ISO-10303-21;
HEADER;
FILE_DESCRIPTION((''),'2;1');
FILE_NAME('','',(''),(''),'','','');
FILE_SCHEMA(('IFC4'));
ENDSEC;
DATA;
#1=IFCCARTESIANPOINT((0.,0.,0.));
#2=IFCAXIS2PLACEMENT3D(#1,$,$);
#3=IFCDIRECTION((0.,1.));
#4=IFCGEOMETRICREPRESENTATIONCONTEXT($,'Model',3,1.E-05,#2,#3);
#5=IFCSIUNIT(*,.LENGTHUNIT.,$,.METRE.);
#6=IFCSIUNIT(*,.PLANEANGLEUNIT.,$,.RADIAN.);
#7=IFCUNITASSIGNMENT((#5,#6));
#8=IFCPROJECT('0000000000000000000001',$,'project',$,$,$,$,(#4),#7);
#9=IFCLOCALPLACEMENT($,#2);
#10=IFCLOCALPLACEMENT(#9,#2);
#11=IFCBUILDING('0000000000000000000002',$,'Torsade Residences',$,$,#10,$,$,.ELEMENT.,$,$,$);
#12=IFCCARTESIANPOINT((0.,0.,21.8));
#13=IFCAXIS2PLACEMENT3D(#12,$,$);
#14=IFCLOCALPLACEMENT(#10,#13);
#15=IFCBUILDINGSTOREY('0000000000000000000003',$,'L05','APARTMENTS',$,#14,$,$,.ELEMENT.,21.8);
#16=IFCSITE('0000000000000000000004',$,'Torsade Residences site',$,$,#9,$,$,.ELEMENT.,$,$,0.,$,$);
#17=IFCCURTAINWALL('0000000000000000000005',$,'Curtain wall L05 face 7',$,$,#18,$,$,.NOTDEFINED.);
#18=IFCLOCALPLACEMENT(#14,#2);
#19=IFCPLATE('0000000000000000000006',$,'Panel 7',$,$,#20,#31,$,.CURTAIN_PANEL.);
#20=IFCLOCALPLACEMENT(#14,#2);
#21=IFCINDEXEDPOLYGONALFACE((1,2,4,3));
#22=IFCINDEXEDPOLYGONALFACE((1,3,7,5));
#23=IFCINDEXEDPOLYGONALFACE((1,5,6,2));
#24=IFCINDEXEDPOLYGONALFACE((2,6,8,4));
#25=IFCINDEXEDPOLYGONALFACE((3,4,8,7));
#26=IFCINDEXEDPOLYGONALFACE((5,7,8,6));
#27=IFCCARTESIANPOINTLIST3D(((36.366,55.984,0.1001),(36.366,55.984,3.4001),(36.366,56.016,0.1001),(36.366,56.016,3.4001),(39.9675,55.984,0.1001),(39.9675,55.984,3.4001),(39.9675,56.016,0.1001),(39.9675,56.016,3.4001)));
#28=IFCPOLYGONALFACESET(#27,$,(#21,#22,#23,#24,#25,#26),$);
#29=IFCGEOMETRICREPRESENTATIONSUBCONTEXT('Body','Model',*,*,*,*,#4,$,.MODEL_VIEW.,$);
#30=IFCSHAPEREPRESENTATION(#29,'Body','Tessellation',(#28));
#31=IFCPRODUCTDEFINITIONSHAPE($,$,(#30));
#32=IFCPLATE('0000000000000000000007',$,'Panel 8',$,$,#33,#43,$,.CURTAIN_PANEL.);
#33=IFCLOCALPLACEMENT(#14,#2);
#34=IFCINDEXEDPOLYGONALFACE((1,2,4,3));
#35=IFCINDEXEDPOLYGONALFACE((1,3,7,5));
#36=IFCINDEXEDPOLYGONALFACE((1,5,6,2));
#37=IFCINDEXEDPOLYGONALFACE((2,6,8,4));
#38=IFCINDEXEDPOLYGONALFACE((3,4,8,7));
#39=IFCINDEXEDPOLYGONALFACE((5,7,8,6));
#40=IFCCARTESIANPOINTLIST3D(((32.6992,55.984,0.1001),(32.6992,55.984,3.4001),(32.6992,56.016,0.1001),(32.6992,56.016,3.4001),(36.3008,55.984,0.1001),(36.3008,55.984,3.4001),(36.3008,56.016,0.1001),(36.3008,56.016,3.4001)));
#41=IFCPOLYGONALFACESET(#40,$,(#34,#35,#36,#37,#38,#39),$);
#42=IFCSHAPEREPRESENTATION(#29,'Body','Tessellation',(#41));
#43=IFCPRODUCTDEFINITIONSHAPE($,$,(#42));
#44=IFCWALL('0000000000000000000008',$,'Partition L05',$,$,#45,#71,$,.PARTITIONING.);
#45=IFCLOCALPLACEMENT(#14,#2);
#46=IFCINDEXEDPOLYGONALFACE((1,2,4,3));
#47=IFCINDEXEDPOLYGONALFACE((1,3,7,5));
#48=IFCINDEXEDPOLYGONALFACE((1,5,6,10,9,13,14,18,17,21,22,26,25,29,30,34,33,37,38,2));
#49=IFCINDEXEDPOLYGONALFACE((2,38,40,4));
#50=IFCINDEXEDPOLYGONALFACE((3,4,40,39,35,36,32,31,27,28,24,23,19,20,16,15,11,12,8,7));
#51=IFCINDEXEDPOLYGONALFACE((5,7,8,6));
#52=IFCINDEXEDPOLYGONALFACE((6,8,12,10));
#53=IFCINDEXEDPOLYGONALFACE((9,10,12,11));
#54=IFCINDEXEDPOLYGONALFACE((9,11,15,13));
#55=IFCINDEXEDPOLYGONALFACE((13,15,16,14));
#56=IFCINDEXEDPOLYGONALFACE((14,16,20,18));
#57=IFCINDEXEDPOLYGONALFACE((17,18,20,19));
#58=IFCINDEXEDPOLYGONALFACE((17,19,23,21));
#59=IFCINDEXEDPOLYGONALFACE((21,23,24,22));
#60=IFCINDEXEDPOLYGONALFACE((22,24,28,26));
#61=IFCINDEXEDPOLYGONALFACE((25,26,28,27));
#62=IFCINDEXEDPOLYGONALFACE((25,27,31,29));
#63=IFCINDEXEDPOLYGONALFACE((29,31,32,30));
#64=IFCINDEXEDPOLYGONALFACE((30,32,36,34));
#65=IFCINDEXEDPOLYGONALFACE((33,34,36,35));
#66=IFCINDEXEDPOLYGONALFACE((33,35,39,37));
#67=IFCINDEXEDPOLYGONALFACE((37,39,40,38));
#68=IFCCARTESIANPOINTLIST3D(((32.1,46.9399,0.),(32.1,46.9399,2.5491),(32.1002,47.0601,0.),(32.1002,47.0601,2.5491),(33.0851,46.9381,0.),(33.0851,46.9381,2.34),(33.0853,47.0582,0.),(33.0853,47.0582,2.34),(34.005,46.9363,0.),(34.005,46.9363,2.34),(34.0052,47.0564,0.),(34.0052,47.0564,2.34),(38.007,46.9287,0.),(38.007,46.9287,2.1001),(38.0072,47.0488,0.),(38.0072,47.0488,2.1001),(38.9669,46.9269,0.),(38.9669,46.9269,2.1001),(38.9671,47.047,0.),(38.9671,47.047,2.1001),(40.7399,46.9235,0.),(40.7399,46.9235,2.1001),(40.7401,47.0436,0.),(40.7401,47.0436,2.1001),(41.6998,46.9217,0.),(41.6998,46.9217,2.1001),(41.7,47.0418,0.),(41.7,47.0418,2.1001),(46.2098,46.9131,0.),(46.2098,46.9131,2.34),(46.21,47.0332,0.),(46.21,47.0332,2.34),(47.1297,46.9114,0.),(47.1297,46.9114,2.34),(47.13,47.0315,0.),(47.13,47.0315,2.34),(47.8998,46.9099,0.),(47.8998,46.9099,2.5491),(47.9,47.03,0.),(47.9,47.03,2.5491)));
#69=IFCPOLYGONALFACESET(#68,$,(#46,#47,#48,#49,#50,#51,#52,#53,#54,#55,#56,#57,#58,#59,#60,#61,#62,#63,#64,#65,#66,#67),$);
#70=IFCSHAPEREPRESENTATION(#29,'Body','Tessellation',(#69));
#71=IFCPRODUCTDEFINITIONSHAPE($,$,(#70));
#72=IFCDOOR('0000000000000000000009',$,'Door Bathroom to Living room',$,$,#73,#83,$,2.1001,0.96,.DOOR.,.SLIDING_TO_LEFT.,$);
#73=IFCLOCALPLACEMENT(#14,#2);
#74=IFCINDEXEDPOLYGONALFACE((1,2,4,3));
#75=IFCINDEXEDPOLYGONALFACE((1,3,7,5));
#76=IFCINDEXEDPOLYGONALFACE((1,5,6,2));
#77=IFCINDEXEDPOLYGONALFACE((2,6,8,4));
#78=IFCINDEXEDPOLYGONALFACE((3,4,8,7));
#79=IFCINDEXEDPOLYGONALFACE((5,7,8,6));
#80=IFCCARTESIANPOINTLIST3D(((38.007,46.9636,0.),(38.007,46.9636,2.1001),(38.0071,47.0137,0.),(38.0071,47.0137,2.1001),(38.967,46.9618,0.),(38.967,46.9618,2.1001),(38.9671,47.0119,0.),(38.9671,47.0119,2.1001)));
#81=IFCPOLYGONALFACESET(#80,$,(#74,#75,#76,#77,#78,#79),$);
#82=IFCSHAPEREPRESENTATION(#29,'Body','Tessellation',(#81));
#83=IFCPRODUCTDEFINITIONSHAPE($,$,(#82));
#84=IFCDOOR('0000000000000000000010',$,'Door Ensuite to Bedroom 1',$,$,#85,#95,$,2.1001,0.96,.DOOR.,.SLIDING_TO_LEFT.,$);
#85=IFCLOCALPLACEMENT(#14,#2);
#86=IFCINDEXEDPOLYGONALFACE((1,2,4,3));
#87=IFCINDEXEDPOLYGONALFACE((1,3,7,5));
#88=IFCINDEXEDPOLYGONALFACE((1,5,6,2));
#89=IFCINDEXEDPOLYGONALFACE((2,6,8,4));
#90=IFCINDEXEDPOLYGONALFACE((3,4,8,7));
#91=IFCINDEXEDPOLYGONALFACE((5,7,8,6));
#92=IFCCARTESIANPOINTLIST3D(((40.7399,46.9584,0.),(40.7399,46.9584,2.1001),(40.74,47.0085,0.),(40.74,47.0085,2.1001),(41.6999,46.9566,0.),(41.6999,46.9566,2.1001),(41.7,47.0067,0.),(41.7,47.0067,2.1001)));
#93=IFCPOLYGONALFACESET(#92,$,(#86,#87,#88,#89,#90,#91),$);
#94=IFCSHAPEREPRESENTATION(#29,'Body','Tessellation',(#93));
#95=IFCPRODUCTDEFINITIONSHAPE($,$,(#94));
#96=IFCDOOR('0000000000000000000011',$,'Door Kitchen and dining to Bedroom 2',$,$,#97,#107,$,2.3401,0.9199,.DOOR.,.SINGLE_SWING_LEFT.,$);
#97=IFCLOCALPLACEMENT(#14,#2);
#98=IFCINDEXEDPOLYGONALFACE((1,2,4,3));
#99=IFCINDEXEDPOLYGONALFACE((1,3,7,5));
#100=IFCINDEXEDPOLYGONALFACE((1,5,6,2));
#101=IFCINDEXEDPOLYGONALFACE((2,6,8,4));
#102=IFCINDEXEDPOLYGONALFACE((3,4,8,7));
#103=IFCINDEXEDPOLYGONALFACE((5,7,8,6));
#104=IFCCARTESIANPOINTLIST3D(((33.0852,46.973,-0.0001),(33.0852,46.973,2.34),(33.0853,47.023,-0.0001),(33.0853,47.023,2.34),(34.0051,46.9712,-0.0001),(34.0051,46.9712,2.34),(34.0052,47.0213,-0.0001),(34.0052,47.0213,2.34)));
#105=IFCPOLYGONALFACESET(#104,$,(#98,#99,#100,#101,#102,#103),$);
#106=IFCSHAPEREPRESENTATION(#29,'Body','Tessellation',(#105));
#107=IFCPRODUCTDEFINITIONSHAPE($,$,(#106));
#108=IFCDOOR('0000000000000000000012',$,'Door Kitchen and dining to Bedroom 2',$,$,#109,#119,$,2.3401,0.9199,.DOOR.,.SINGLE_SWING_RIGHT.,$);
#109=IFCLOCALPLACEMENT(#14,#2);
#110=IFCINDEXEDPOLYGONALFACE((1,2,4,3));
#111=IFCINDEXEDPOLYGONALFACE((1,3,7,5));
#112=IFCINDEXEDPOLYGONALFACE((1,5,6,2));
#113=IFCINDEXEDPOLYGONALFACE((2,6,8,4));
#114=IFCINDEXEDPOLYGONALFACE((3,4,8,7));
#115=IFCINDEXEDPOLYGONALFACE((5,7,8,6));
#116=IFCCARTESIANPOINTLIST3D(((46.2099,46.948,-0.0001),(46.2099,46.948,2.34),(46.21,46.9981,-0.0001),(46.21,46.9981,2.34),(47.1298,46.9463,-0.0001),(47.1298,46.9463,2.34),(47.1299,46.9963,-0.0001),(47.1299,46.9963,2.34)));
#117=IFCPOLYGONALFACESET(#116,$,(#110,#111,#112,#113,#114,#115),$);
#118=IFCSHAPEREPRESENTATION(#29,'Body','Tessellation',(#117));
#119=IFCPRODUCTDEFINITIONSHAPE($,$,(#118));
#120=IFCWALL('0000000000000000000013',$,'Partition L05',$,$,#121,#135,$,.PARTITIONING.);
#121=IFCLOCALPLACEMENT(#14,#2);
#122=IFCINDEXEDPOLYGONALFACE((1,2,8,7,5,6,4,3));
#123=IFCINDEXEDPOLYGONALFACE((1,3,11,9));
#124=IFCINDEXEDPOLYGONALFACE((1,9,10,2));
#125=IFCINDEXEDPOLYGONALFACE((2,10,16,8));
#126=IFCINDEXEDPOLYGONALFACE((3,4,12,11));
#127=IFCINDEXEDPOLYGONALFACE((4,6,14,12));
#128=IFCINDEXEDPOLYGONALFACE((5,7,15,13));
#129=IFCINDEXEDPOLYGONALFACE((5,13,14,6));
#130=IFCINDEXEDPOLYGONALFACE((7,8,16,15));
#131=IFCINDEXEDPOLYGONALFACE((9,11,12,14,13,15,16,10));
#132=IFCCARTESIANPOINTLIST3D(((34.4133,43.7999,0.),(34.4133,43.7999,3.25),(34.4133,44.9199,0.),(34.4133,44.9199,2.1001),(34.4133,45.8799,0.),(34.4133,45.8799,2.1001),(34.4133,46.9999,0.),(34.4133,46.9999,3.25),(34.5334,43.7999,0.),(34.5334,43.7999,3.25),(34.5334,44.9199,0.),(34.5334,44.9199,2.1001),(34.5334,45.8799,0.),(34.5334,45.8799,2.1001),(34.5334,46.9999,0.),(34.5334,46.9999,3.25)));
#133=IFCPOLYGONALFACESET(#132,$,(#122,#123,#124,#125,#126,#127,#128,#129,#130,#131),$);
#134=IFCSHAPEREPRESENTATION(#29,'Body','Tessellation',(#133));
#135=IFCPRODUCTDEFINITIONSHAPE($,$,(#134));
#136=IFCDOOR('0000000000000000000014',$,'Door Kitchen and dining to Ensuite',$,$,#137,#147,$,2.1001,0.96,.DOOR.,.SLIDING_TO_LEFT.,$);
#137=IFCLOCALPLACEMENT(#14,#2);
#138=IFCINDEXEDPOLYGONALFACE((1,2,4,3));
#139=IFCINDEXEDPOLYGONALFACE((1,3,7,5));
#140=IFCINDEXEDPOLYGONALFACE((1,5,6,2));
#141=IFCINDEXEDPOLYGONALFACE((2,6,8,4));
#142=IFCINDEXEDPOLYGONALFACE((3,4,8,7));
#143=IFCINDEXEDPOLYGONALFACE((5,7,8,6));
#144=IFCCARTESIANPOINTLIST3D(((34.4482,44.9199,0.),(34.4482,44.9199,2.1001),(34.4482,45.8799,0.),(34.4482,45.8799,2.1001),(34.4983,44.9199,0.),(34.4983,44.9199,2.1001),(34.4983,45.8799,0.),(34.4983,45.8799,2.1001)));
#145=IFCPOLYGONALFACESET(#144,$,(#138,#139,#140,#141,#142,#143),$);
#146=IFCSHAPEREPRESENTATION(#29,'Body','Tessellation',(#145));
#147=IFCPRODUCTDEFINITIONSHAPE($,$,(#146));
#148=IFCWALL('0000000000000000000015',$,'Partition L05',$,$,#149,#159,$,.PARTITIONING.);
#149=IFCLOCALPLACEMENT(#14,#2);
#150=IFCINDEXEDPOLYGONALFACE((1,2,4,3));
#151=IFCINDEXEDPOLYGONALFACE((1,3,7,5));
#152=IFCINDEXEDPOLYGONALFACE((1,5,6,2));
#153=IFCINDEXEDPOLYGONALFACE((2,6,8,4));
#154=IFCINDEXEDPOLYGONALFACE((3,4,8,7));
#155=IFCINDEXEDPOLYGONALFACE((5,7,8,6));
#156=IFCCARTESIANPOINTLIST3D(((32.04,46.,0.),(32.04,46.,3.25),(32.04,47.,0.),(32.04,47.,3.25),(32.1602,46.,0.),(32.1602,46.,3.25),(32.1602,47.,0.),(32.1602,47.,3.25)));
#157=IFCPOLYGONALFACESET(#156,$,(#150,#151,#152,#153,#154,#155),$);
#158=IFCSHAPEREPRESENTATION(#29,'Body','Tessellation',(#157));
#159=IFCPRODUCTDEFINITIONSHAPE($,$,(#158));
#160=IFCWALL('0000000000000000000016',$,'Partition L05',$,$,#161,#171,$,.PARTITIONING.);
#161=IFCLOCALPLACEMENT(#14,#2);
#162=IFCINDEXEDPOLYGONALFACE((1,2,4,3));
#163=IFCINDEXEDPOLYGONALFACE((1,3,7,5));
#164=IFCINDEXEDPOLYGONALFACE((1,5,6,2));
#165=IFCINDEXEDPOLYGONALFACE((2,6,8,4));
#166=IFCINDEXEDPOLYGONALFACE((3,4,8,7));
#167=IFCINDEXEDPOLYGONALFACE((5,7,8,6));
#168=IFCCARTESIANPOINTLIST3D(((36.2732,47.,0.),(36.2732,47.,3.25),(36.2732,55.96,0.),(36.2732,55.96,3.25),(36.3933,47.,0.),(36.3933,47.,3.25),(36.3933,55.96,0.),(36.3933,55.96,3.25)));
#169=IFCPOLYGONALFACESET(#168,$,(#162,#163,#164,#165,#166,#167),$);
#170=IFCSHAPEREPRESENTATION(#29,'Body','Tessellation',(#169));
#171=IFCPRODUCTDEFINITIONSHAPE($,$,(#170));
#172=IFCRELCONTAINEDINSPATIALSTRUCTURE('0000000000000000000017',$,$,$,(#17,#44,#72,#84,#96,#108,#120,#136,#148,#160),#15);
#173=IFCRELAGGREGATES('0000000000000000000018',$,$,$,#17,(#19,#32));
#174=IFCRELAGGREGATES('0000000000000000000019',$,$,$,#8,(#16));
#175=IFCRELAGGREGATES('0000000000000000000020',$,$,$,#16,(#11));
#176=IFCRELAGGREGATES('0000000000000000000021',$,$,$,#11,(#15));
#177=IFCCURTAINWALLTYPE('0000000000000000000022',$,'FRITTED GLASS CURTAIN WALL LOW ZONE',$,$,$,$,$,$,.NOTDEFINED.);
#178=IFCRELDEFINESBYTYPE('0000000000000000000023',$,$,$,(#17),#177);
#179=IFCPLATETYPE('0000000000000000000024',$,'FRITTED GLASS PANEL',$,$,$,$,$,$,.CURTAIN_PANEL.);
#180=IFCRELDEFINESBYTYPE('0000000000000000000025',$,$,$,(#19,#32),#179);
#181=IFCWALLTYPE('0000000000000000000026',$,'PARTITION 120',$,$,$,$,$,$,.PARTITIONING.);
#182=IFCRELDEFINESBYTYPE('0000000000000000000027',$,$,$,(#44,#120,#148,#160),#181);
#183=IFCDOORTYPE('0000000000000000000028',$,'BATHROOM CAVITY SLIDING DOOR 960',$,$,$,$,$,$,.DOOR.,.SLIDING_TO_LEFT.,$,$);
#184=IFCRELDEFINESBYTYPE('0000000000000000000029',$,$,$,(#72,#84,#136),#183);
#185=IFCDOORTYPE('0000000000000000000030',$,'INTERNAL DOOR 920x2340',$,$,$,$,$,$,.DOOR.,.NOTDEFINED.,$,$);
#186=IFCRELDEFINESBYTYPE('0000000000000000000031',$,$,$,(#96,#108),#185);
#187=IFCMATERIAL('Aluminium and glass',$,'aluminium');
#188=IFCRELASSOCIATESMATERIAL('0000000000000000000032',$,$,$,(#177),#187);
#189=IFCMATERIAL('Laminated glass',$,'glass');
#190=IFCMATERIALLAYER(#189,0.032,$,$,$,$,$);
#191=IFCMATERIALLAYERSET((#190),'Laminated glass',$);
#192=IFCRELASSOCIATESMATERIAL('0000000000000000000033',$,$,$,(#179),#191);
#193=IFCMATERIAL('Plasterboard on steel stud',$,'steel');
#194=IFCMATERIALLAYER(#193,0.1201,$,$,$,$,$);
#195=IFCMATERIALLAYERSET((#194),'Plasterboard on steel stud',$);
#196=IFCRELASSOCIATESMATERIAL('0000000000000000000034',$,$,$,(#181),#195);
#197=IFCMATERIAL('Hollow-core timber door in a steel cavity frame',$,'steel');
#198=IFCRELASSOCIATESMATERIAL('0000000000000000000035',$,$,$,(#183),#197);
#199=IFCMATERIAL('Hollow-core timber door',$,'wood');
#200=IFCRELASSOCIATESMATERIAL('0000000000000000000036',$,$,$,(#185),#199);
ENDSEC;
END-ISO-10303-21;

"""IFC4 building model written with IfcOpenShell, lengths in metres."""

from ifc_helpers import new_model, si_unit, direction, frame, frame_2d, origin, origin_2d, place, context, subcontext, project, spatial, rectangle, extrude, material, layer, layer_set, type_object, element, fill, aggregate, save


model = new_model("IFC4")

# Units and contexts
model_context = context("Model", 3, precision=1e-05, world=origin(), true_north=direction((0.0, 1.0)))
body_context = subcontext(model_context, "Body", "Model", "MODEL_VIEW")
ifc_project = project(units=[si_unit("LENGTHUNIT", "METRE"), si_unit("PLANEANGLEUNIT", "RADIAN")], contexts=[model_context])

# Site, building, storey
site_placement = place(None, origin())
site = spatial("IfcSite", under=ifc_project, at=site_placement, Name="Torsade Residences site", CompositionType="ELEMENT", RefElevation=0.0)
building_placement = place(site_placement, origin())
building = spatial("IfcBuilding", under=site, at=building_placement, Name="Torsade Residences", CompositionType="ELEMENT")
storey_placement = place(building_placement, frame((0.0, 0.0, 21.8)))
storey = spatial("IfcBuildingStorey", under=building, at=storey_placement, Name="L05", Description="APARTMENTS", CompositionType="ELEMENT", Elevation=21.8)

# Curtain wall
ifc_material_1 = material(Name="Aluminium and glass", Category="aluminium")
curtain_wall_type = type_object("IfcCurtainWallType", Name="FRITTED GLASS CURTAIN WALL LOW ZONE", PredefinedType="NOTDEFINED", material=ifc_material_1)
curtain_wall_placement = place(storey_placement, origin())
curtain_wall = element("IfcCurtainWall", 1, at=curtain_wall_placement, inside=storey, type_object=curtain_wall_type, Name="Curtain wall L05 face 7", PredefinedType="NOTDEFINED")

# Plates
ifc_material_2 = material(Name="Laminated glass", Category="glass")
ifc_layer_1 = layer(ifc_material_2, 0.032)
ifc_layer_set_1 = layer_set([ifc_layer_1], Name="Laminated glass")
plate_type = type_object("IfcPlateType", Name="FRITTED GLASS PANEL", PredefinedType="CURTAIN_PANEL", material=ifc_layer_set_1)
plate_1_placement = place(storey_placement, frame((38.1667, 56.0, 0.1001), z_axis=(0.0, 0.0, 1.0), x_axis=(-1.0, 0.0, 0.0)))
plate_1 = element("IfcPlate", 2, at=plate_1_placement, type_object=plate_type, Name="Panel 7", PredefinedType="CURTAIN_PANEL", context=body_context, shape_type="SweptSolid", body=[
    extrude(rectangle(XDim=3.6016, YDim=0.032, at=origin_2d()), origin(), (0.0, 0.0, 1.0), 3.3),
])
plate_2_placement = place(storey_placement, frame((34.5, 56.0, 0.1001), z_axis=(0.0, 0.0, 1.0), x_axis=(-1.0, 0.0, 0.0)))
plate_2 = element("IfcPlate", 3, at=plate_2_placement, type_object=plate_type, Name="Panel 8", PredefinedType="CURTAIN_PANEL", context=body_context, shape_type="SweptSolid", body=[
    extrude(rectangle(XDim=3.6016, YDim=0.032, at=origin_2d()), origin(), (0.0, 0.0, 1.0), 3.3),
])
aggregate(curtain_wall, [plate_1, plate_2])

# Wall, openings, doors
ifc_material_3 = material(Name="Plasterboard on steel stud", Category="steel")
ifc_layer_2 = layer(ifc_material_3, 0.1201)
ifc_layer_set_2 = layer_set([ifc_layer_2], Name="Plasterboard on steel stud")
wall_type = type_object("IfcWallType", Name="PARTITION 120", PredefinedType="PARTITIONING", material=ifc_layer_set_2)
wall_1_placement = place(storey_placement, frame((32.1001, 47.0, 0.0), z_axis=(0.0, 0.0, 1.0), x_axis=(0.999998, -0.001901, 0.0)))
wall_1 = element("IfcWall", 4, at=wall_1_placement, inside=storey, type_object=wall_type, Name="Partition L05", PredefinedType="PARTITIONING", context=body_context, shape_type="SweptSolid", body=[
    extrude(rectangle(XDim=15.7998, YDim=0.1201, at=frame_2d((7.8999, 0.0))), origin(), (0.0, 0.0, 1.0), 2.5491),
])
opening_1_placement = place(wall_1_placement, frame((0.9851, 0.0, 0.0)))
opening_1 = element("IfcOpeningElement", 5, at=opening_1_placement, cuts=wall_1, PredefinedType="OPENING", context=body_context, shape_type="SweptSolid", body=[
    extrude(rectangle(XDim=0.9199, YDim=2.3401, at=frame_2d((0.46, 1.1699))), frame((0.0, 0.0701, 0.0), z_axis=(0.0, -1.0, 0.0), x_axis=(1.0, 0.0, 0.0)), (0.0, 0.0, 1.0), 0.1401),
])
opening_2_placement = place(wall_1_placement, frame((14.1099, 0.0, 0.0)))
opening_2 = element("IfcOpeningElement", 6, at=opening_2_placement, cuts=wall_1, PredefinedType="OPENING", context=body_context, shape_type="SweptSolid", body=[
    extrude(rectangle(XDim=0.9199, YDim=2.3401, at=frame_2d((0.46, 1.1699))), frame((0.0, 0.0701, 0.0), z_axis=(0.0, -1.0, 0.0), x_axis=(1.0, 0.0, 0.0)), (0.0, 0.0, 1.0), 0.1401),
])
opening_3_placement = place(wall_1_placement, frame((5.907, 0.0, 0.0)))
opening_3 = element("IfcOpeningElement", 7, at=opening_3_placement, cuts=wall_1, PredefinedType="OPENING", context=body_context, shape_type="SweptSolid", body=[
    extrude(rectangle(XDim=0.96, YDim=2.1001, at=frame_2d((0.48, 1.05))), frame((0.0, 0.0701, 0.0), z_axis=(0.0, -1.0, 0.0), x_axis=(1.0, 0.0, 0.0)), (0.0, 0.0, 1.0), 0.1401),
])
opening_4_placement = place(wall_1_placement, frame((8.6399, 0.0, 0.0)))
opening_4 = element("IfcOpeningElement", 8, at=opening_4_placement, cuts=wall_1, PredefinedType="OPENING", context=body_context, shape_type="SweptSolid", body=[
    extrude(rectangle(XDim=0.96, YDim=2.1001, at=frame_2d((0.48, 1.05))), frame((0.0, 0.0701, 0.0), z_axis=(0.0, -1.0, 0.0), x_axis=(1.0, 0.0, 0.0)), (0.0, 0.0, 1.0), 0.1401),
])
ifc_material_4 = material(Name="Hollow-core timber door in a steel cavity frame", Category="steel")
door_type_1 = type_object("IfcDoorType", Name="BATHROOM CAVITY SLIDING DOOR 960", OperationType="SLIDING_TO_LEFT", PredefinedType="DOOR", material=ifc_material_4)
door_1_placement = place(opening_3_placement, origin())
door_1 = element("IfcDoor", 9, at=door_1_placement, inside=storey, type_object=door_type_1, Name="Door Bathroom to Living room", OperationType="SLIDING_TO_LEFT", OverallHeight=2.1001, OverallWidth=0.96, PredefinedType="DOOR", context=body_context, shape_type="SweptSolid", body=[
    extrude(rectangle(XDim=0.96, YDim=2.1001, at=frame_2d((0.48, 1.05))), frame((0.0, 0.0249, 0.0), z_axis=(0.0, -1.0, 0.0), x_axis=(1.0, 0.0, 0.0)), (0.0, 0.0, 1.0), 0.05),
])
fill(opening_3, door_1)
door_2_placement = place(opening_4_placement, origin())
door_2 = element("IfcDoor", 10, at=door_2_placement, inside=storey, type_object=door_type_1, Name="Door Ensuite to Bedroom 1", OperationType="SLIDING_TO_LEFT", OverallHeight=2.1001, OverallWidth=0.96, PredefinedType="DOOR", context=body_context, shape_type="SweptSolid", body=[
    extrude(rectangle(XDim=0.96, YDim=2.1001, at=frame_2d((0.48, 1.05))), frame((0.0, 0.0249, 0.0), z_axis=(0.0, -1.0, 0.0), x_axis=(1.0, 0.0, 0.0)), (0.0, 0.0, 1.0), 0.05),
])
fill(opening_4, door_2)
ifc_material_5 = material(Name="Hollow-core timber door", Category="wood")
door_type_2 = type_object("IfcDoorType", Name="INTERNAL DOOR 920x2340", OperationType="NOTDEFINED", PredefinedType="DOOR", material=ifc_material_5)
door_3_placement = place(opening_1_placement, origin())
door_3 = element("IfcDoor", 11, at=door_3_placement, inside=storey, type_object=door_type_2, Name="Door Kitchen and dining to Bedroom 2", OperationType="SINGLE_SWING_LEFT", OverallHeight=2.3401, OverallWidth=0.9199, PredefinedType="DOOR", context=body_context, shape_type="SweptSolid", body=[
    extrude(rectangle(XDim=0.9199, YDim=2.3401, at=frame_2d((0.46, 1.1699))), frame((0.0, 0.0249, 0.0), z_axis=(0.0, -1.0, 0.0), x_axis=(1.0, 0.0, 0.0)), (0.0, 0.0, 1.0), 0.05),
])
fill(opening_1, door_3)
door_4_placement = place(opening_2_placement, origin())
door_4 = element("IfcDoor", 12, at=door_4_placement, inside=storey, type_object=door_type_2, Name="Door Kitchen and dining to Bedroom 2", OperationType="SINGLE_SWING_RIGHT", OverallHeight=2.3401, OverallWidth=0.9199, PredefinedType="DOOR", context=body_context, shape_type="SweptSolid", body=[
    extrude(rectangle(XDim=0.9199, YDim=2.3401, at=frame_2d((0.46, 1.1699))), frame((0.0, 0.0249, 0.0), z_axis=(0.0, -1.0, 0.0), x_axis=(1.0, 0.0, 0.0)), (0.0, 0.0, 1.0), 0.05),
])
fill(opening_2, door_4)

# Wall, opening, door
wall_2_placement = place(storey_placement, frame((34.4734, 47.0, 0.0), z_axis=(0.0, 0.0, 1.0), x_axis=(0.0, -1.0, 0.0)))
wall_2 = element("IfcWall", 13, at=wall_2_placement, inside=storey, type_object=wall_type, Name="Partition L05", PredefinedType="PARTITIONING", context=body_context, shape_type="SweptSolid", body=[
    extrude(rectangle(XDim=3.2, YDim=0.1201, at=frame_2d((1.6001, 0.0))), origin(), (0.0, 0.0, 1.0), 3.25),
])
opening_5_placement = place(wall_2_placement, frame((1.1201, 0.0, 0.0)))
opening_5 = element("IfcOpeningElement", 14, at=opening_5_placement, cuts=wall_2, PredefinedType="OPENING", context=body_context, shape_type="SweptSolid", body=[
    extrude(rectangle(XDim=0.96, YDim=2.1001, at=frame_2d((0.48, 1.05))), frame((0.0, 0.0701, 0.0), z_axis=(0.0, -1.0, 0.0), x_axis=(1.0, 0.0, 0.0)), (0.0, 0.0, 1.0), 0.1401),
])
door_5_placement = place(opening_5_placement, origin())
door_5 = element("IfcDoor", 15, at=door_5_placement, inside=storey, type_object=door_type_1, Name="Door Kitchen and dining to Ensuite", OperationType="SLIDING_TO_LEFT", OverallHeight=2.1001, OverallWidth=0.96, PredefinedType="DOOR", context=body_context, shape_type="SweptSolid", body=[
    extrude(rectangle(XDim=0.96, YDim=2.1001, at=frame_2d((0.48, 1.05))), frame((0.0, 0.0249, 0.0), z_axis=(0.0, -1.0, 0.0), x_axis=(1.0, 0.0, 0.0)), (0.0, 0.0, 1.0), 0.05),
])
fill(opening_5, door_5)

# Walls
wall_3_placement = place(storey_placement, frame((32.1001, 46.0, 0.0), z_axis=(0.0, 0.0, 1.0), x_axis=(0.0, 1.0, 0.0)))
element("IfcWall", 16, at=wall_3_placement, inside=storey, type_object=wall_type, Name="Partition L05", PredefinedType="PARTITIONING", context=body_context, shape_type="SweptSolid", body=[
    extrude(rectangle(XDim=1.0, YDim=0.1201, at=frame_2d((0.5, 0.0))), origin(), (0.0, 0.0, 1.0), 3.25),
])
wall_4_placement = place(storey_placement, frame((36.3333, 47.0, 0.0), z_axis=(0.0, 0.0, 1.0), x_axis=(0.0, 1.0, 0.0)))
element("IfcWall", 17, at=wall_4_placement, inside=storey, type_object=wall_type, Name="Partition L05", PredefinedType="PARTITIONING", context=body_context, shape_type="SweptSolid", body=[
    extrude(rectangle(XDim=8.96, YDim=0.1201, at=frame_2d((4.48, 0.0))), origin(), (0.0, 0.0, 1.0), 3.25),
])

save(model, "model.ifc")
